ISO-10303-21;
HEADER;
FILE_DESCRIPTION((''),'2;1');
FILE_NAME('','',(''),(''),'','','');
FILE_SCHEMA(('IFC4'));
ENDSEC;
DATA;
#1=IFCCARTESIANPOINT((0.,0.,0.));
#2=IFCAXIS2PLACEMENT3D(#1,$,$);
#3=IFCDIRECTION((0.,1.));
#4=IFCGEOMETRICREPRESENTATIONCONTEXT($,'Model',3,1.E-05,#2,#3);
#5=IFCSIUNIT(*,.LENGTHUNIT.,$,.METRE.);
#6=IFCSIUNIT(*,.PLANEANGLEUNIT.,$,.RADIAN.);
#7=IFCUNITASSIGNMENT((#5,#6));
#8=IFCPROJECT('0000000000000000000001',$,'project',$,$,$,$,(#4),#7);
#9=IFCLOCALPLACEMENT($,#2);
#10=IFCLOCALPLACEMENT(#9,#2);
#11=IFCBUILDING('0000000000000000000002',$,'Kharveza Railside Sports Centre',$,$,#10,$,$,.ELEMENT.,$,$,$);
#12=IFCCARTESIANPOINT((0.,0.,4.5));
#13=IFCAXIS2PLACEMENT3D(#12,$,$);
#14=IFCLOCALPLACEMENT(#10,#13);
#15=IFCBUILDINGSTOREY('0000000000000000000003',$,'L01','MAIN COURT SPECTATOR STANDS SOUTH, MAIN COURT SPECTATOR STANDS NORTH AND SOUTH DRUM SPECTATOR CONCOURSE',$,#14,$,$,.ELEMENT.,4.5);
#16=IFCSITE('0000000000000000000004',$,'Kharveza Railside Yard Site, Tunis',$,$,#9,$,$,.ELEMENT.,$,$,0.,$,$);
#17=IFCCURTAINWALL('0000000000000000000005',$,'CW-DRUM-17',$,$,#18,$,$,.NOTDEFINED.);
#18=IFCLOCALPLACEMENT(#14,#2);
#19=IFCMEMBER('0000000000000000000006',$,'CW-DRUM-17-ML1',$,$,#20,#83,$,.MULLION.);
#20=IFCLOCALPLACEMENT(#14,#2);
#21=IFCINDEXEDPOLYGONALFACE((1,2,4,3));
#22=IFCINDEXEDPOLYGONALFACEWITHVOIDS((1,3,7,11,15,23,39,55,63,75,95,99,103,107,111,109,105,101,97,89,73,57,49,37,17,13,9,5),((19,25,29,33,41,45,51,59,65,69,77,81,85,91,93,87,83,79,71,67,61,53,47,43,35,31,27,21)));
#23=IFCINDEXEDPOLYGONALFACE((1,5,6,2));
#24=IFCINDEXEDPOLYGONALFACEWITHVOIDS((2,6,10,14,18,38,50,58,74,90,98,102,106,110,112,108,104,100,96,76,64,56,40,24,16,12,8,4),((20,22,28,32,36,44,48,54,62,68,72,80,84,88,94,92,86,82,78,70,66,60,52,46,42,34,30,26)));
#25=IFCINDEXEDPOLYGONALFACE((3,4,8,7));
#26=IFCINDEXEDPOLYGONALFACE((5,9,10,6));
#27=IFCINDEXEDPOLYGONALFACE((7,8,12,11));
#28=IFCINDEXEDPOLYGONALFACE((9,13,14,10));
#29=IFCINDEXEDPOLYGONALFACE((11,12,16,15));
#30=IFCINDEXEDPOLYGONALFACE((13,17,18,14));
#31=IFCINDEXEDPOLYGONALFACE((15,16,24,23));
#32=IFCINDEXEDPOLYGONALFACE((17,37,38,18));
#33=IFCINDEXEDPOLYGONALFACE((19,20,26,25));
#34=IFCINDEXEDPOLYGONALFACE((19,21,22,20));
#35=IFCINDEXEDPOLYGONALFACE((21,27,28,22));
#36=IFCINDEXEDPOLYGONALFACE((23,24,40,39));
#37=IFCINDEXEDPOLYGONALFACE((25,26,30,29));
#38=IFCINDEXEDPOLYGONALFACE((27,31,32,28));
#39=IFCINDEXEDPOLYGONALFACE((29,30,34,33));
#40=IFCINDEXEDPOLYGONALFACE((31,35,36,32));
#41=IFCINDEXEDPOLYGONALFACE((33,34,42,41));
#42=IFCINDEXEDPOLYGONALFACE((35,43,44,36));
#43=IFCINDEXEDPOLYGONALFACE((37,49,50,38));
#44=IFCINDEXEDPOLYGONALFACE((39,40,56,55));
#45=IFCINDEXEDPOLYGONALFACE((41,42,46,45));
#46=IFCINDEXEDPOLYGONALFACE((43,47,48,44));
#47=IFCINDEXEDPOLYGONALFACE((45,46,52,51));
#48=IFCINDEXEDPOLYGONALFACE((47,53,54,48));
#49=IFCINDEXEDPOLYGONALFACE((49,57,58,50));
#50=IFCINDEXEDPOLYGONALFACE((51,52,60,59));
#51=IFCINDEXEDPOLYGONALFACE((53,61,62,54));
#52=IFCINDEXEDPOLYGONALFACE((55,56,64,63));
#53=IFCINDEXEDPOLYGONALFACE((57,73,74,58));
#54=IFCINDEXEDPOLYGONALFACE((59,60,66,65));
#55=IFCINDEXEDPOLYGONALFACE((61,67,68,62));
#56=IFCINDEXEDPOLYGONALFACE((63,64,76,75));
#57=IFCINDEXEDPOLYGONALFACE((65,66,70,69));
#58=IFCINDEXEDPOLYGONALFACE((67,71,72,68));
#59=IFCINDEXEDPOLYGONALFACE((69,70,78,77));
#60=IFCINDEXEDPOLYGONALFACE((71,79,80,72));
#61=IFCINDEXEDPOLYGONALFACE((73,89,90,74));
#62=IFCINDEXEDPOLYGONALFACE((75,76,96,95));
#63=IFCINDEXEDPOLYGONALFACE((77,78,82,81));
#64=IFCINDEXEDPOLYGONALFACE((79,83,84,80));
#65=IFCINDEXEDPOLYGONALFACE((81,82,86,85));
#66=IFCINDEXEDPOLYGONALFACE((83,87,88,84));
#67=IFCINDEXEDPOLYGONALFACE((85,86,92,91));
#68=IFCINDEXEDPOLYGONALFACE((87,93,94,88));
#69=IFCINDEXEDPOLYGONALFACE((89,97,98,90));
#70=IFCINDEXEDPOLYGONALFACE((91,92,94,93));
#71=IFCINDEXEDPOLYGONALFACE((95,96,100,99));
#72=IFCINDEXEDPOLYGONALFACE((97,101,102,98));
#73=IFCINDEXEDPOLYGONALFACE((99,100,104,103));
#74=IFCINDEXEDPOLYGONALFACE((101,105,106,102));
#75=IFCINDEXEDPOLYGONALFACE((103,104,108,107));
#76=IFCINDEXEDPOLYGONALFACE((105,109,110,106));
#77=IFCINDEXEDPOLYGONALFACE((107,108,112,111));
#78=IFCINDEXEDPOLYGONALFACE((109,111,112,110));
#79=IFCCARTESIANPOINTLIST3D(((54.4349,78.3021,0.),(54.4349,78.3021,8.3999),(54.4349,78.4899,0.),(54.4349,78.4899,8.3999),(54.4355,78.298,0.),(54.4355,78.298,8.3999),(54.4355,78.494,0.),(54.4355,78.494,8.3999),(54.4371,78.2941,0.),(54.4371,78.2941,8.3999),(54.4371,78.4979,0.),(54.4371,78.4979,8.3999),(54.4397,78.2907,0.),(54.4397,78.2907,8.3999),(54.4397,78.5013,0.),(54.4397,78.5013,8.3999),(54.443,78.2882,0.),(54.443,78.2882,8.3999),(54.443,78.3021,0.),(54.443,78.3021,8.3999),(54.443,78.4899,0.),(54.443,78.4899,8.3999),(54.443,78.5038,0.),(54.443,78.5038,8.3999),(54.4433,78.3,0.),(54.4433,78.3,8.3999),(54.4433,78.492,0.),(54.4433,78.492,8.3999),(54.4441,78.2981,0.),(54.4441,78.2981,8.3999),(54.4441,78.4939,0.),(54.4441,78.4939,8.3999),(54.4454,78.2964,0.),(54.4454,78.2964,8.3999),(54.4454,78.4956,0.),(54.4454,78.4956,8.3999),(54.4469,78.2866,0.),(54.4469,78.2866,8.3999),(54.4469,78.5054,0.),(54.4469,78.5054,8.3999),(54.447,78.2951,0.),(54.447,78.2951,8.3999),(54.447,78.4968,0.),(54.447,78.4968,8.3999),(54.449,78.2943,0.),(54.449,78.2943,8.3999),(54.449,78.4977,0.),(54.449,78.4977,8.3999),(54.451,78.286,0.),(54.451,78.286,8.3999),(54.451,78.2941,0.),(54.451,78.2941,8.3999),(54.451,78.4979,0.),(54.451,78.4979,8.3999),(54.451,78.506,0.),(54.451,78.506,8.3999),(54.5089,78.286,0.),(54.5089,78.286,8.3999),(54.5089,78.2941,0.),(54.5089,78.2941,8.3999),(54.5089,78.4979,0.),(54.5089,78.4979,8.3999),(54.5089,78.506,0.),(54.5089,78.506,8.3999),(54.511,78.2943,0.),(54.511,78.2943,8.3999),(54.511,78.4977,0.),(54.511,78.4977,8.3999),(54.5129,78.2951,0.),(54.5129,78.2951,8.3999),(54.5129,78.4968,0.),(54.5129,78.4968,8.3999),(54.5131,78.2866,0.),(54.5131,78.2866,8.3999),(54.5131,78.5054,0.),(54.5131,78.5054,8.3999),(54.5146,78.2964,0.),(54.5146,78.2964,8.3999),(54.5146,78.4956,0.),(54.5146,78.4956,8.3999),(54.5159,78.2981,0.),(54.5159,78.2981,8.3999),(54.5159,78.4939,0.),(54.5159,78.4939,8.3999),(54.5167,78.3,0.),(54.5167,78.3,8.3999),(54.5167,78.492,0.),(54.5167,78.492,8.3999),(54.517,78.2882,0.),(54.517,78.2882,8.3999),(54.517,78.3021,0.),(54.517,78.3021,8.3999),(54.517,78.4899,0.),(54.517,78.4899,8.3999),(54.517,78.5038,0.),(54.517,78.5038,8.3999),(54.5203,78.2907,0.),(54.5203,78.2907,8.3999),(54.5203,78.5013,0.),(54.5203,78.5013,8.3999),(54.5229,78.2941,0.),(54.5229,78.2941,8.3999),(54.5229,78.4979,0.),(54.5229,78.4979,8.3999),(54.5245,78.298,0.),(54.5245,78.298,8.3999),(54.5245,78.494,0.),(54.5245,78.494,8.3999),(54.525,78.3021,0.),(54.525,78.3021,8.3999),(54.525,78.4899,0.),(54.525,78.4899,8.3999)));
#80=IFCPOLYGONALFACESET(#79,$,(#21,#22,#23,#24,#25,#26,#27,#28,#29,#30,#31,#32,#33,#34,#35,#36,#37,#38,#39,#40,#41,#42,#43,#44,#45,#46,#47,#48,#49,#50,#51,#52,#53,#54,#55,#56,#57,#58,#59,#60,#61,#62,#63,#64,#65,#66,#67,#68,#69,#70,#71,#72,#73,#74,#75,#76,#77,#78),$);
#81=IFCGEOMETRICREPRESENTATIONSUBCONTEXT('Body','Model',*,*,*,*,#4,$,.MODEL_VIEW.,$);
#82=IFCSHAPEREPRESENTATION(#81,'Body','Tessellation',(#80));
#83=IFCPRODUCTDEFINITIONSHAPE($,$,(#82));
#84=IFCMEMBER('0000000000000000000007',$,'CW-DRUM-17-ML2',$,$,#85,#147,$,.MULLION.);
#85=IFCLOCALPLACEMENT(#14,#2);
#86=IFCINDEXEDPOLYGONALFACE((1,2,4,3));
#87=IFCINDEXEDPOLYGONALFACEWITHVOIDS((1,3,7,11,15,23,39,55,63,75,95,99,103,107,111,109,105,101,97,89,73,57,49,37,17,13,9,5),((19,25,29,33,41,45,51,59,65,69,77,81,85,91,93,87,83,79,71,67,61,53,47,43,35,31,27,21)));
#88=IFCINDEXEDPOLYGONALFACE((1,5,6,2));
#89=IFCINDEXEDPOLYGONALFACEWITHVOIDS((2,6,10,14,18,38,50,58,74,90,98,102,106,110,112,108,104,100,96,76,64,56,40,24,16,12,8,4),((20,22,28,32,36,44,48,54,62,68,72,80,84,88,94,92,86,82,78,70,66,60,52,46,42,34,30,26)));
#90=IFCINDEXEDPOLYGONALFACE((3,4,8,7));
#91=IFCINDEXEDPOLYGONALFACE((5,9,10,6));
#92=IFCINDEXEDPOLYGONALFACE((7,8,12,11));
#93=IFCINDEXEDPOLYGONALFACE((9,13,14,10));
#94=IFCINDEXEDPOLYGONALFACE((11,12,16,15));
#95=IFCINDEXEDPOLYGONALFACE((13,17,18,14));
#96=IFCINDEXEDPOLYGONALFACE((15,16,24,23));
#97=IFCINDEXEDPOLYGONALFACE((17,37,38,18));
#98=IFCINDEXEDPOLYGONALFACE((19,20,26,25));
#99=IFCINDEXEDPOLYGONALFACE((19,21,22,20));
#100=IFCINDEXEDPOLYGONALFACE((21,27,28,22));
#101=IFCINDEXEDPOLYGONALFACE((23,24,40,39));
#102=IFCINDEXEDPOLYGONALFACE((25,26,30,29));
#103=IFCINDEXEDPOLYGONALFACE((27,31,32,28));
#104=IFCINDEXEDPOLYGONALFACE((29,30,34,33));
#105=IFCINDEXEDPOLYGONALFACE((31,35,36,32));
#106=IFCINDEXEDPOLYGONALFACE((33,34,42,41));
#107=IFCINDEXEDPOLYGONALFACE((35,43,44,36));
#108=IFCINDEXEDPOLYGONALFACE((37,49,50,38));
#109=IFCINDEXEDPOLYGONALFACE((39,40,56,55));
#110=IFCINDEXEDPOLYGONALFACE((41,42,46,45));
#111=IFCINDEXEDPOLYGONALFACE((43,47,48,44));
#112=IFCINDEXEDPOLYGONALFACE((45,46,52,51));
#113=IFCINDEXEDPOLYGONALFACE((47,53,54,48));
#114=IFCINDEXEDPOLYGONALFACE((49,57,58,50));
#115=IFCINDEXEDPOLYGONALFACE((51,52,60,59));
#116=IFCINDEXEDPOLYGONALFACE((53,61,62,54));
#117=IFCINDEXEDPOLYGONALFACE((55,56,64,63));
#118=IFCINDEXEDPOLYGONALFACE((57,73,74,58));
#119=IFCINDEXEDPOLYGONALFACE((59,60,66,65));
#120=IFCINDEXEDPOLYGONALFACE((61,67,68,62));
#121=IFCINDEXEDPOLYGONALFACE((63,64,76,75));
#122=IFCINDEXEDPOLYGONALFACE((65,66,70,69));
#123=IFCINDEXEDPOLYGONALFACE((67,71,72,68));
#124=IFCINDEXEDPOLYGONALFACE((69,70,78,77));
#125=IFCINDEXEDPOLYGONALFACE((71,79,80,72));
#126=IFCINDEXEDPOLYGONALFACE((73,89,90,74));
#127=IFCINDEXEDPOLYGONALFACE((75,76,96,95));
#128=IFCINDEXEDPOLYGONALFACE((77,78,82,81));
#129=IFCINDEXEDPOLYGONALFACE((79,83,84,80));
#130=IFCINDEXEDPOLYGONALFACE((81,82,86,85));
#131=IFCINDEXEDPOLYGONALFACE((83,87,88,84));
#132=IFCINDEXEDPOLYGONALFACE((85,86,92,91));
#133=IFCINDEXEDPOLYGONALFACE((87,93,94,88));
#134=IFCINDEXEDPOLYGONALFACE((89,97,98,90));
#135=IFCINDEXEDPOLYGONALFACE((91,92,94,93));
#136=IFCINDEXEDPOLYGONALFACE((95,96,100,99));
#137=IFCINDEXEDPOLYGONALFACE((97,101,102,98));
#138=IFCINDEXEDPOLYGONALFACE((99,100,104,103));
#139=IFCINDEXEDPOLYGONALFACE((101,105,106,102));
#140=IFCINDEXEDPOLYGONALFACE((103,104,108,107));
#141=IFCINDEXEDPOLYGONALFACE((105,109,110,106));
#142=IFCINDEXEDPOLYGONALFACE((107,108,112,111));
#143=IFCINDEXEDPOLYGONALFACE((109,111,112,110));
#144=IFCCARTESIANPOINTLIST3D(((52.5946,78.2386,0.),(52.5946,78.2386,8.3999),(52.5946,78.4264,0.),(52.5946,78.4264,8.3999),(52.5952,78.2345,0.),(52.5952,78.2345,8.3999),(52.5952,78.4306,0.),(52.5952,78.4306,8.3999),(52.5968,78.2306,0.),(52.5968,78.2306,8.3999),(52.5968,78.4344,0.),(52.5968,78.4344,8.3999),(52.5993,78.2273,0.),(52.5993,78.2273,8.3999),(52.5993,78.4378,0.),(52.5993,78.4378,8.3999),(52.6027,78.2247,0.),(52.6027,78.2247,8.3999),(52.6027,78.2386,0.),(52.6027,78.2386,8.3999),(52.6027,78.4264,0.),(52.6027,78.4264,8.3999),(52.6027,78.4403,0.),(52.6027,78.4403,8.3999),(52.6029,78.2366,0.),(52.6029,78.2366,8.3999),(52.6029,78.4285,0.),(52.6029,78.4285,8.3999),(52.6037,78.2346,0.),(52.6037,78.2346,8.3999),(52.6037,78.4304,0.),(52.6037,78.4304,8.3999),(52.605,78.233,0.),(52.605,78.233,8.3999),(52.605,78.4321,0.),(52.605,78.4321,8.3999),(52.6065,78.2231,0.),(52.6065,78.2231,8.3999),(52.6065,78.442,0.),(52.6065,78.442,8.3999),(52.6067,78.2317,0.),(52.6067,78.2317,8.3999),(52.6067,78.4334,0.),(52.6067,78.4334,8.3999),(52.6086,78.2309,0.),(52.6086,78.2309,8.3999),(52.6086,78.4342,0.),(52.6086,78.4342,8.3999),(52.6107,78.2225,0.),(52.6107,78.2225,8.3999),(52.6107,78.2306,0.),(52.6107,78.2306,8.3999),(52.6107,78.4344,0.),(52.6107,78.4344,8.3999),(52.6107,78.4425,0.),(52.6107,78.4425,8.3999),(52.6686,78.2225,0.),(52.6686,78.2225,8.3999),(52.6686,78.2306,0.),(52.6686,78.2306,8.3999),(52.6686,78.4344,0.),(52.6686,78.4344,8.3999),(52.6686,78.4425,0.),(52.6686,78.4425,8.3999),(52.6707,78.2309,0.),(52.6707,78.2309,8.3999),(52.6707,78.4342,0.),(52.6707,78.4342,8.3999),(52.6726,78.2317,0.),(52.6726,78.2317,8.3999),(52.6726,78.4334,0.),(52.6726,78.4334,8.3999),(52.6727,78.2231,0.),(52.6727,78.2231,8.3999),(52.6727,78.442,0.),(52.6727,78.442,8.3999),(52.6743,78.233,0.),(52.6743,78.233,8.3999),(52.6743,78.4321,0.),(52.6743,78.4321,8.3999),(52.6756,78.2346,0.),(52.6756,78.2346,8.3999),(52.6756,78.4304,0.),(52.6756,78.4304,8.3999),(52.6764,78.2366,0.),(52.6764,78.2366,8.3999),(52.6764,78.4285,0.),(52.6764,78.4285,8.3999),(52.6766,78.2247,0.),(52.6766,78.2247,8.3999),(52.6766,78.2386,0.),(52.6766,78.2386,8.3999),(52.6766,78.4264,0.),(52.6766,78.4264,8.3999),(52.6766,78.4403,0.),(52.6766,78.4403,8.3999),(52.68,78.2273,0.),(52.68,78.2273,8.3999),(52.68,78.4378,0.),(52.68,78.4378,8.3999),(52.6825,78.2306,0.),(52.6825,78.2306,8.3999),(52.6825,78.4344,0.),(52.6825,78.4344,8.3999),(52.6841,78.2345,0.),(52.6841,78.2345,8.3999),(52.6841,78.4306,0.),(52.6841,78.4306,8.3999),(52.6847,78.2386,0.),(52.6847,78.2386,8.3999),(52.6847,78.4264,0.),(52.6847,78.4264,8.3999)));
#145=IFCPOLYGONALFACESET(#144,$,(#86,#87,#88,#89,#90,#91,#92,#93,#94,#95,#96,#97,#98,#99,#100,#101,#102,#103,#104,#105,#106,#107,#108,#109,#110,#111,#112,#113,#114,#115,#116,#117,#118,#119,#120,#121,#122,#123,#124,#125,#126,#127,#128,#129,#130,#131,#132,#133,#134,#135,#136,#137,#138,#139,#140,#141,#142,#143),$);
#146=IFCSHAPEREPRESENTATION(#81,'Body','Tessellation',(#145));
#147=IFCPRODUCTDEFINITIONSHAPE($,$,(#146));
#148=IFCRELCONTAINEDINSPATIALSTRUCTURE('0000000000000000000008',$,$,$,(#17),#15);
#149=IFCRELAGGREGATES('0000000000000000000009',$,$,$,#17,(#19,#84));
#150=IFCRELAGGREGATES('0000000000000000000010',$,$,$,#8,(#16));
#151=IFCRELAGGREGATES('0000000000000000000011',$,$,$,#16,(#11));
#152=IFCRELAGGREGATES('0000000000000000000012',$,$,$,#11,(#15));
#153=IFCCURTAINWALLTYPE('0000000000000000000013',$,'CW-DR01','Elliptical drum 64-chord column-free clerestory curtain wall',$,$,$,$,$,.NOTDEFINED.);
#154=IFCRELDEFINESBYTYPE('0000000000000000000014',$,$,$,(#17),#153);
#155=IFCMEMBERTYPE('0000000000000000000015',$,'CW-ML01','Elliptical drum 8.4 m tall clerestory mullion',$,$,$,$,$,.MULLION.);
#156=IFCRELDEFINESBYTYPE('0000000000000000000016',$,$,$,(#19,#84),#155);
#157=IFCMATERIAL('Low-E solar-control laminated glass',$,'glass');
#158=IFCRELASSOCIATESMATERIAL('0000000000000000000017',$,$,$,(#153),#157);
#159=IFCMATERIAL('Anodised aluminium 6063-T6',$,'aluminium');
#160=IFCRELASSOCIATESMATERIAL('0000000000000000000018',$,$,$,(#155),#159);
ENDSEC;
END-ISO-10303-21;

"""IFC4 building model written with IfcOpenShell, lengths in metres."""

from ifc_helpers import new_model, si_unit, direction, frame, origin, origin_2d, place, context, subcontext, project, spatial, hollow_rectangle, extrude, material, material_profile, profile_set, type_object, element, aggregate, save


model = new_model("IFC4")

# Units and contexts
model_context = context("Model", 3, precision=1e-05, world=origin(), true_north=direction((0.0, 1.0)))
body_context = subcontext(model_context, "Body", "Model", "MODEL_VIEW")
ifc_project = project(units=[si_unit("LENGTHUNIT", "METRE"), si_unit("PLANEANGLEUNIT", "RADIAN")], contexts=[model_context])

# Site, building, storey
site_placement = place(None, origin())
site = spatial("IfcSite", under=ifc_project, at=site_placement, Name="Kharveza Railside Yard Site, Tunis", CompositionType="ELEMENT", RefElevation=0.0)
building_placement = place(site_placement, origin())
building = spatial("IfcBuilding", under=site, at=building_placement, Name="Kharveza Railside Sports Centre", CompositionType="ELEMENT")
storey_placement = place(building_placement, frame((0.0, 0.0, 4.5)))
storey = spatial("IfcBuildingStorey", under=building, at=storey_placement, Name="L01", Description="MAIN COURT SPECTATOR STANDS SOUTH, MAIN COURT SPECTATOR STANDS NORTH AND SOUTH DRUM SPECTATOR CONCOURSE", CompositionType="ELEMENT", Elevation=4.5)

# Curtain wall, members
ifc_material_1 = material(Name="Low-E solar-control laminated glass", Category="glass")
curtain_wall_type = type_object("IfcCurtainWallType", Name="CW-DR01", Description="Elliptical drum 64-chord column-free clerestory curtain wall", PredefinedType="NOTDEFINED", material=ifc_material_1)
curtain_wall_1_placement = place(storey_placement, origin())
curtain_wall_1 = element("IfcCurtainWall", 1, at=curtain_wall_1_placement, inside=storey, type_object=curtain_wall_type, Name="CW-DRUM-17", PredefinedType="NOTDEFINED")
ifc_material_2 = material(Name="Anodised aluminium 6063-T6", Category="aluminium")
ifc_material_profile_1 = material_profile(ifc_material_2, hollow_rectangle(XDim=0.0901, YDim=0.22, WallThickness=0.0081, InnerFilletRadius=0.0081, OuterFilletRadius=0.0161, at=origin_2d()), Name="RHS 90x220x8.0")
ifc_profile_set_1 = profile_set([ifc_material_profile_1], Name="Anodised aluminium 6063-T6")
member_type_1 = type_object("IfcMemberType", Name="CW-ML01", Description="Elliptical drum 8.4 m tall clerestory mullion", PredefinedType="MULLION", material=ifc_profile_set_1)
member_1_placement = place(storey_placement, frame((54.48, 78.396, 0.0), z_axis=(0.0, 0.0, 1.0), x_axis=(1.0, 0.0, 0.0)))
member_1 = element("IfcMember", 2, at=member_1_placement, type_object=member_type_1, Name="CW-DRUM-17-ML1", PredefinedType="MULLION", context=body_context, shape_type="SweptSolid", body=[
    extrude(hollow_rectangle(XDim=0.0901, YDim=0.22, WallThickness=0.0081, InnerFilletRadius=0.0081, OuterFilletRadius=0.0161, at=origin_2d()), origin(), (0.0, 0.0, 1.0), 8.3999),
])
member_2_placement = place(storey_placement, frame((52.6396, 78.3325, 0.0), z_axis=(0.0, 0.0, 1.0), x_axis=(1.0, 0.0, 0.0)))
member_2 = element("IfcMember", 3, at=member_2_placement, type_object=member_type_1, Name="CW-DRUM-17-ML2", PredefinedType="MULLION", context=body_context, shape_type="SweptSolid", body=[
    extrude(hollow_rectangle(XDim=0.0901, YDim=0.22, WallThickness=0.0081, InnerFilletRadius=0.0081, OuterFilletRadius=0.0161, at=origin_2d()), origin(), (0.0, 0.0, 1.0), 8.3999),
])

aggregate(curtain_wall_1, [member_1, member_2])

save(model, "model.ifc")
